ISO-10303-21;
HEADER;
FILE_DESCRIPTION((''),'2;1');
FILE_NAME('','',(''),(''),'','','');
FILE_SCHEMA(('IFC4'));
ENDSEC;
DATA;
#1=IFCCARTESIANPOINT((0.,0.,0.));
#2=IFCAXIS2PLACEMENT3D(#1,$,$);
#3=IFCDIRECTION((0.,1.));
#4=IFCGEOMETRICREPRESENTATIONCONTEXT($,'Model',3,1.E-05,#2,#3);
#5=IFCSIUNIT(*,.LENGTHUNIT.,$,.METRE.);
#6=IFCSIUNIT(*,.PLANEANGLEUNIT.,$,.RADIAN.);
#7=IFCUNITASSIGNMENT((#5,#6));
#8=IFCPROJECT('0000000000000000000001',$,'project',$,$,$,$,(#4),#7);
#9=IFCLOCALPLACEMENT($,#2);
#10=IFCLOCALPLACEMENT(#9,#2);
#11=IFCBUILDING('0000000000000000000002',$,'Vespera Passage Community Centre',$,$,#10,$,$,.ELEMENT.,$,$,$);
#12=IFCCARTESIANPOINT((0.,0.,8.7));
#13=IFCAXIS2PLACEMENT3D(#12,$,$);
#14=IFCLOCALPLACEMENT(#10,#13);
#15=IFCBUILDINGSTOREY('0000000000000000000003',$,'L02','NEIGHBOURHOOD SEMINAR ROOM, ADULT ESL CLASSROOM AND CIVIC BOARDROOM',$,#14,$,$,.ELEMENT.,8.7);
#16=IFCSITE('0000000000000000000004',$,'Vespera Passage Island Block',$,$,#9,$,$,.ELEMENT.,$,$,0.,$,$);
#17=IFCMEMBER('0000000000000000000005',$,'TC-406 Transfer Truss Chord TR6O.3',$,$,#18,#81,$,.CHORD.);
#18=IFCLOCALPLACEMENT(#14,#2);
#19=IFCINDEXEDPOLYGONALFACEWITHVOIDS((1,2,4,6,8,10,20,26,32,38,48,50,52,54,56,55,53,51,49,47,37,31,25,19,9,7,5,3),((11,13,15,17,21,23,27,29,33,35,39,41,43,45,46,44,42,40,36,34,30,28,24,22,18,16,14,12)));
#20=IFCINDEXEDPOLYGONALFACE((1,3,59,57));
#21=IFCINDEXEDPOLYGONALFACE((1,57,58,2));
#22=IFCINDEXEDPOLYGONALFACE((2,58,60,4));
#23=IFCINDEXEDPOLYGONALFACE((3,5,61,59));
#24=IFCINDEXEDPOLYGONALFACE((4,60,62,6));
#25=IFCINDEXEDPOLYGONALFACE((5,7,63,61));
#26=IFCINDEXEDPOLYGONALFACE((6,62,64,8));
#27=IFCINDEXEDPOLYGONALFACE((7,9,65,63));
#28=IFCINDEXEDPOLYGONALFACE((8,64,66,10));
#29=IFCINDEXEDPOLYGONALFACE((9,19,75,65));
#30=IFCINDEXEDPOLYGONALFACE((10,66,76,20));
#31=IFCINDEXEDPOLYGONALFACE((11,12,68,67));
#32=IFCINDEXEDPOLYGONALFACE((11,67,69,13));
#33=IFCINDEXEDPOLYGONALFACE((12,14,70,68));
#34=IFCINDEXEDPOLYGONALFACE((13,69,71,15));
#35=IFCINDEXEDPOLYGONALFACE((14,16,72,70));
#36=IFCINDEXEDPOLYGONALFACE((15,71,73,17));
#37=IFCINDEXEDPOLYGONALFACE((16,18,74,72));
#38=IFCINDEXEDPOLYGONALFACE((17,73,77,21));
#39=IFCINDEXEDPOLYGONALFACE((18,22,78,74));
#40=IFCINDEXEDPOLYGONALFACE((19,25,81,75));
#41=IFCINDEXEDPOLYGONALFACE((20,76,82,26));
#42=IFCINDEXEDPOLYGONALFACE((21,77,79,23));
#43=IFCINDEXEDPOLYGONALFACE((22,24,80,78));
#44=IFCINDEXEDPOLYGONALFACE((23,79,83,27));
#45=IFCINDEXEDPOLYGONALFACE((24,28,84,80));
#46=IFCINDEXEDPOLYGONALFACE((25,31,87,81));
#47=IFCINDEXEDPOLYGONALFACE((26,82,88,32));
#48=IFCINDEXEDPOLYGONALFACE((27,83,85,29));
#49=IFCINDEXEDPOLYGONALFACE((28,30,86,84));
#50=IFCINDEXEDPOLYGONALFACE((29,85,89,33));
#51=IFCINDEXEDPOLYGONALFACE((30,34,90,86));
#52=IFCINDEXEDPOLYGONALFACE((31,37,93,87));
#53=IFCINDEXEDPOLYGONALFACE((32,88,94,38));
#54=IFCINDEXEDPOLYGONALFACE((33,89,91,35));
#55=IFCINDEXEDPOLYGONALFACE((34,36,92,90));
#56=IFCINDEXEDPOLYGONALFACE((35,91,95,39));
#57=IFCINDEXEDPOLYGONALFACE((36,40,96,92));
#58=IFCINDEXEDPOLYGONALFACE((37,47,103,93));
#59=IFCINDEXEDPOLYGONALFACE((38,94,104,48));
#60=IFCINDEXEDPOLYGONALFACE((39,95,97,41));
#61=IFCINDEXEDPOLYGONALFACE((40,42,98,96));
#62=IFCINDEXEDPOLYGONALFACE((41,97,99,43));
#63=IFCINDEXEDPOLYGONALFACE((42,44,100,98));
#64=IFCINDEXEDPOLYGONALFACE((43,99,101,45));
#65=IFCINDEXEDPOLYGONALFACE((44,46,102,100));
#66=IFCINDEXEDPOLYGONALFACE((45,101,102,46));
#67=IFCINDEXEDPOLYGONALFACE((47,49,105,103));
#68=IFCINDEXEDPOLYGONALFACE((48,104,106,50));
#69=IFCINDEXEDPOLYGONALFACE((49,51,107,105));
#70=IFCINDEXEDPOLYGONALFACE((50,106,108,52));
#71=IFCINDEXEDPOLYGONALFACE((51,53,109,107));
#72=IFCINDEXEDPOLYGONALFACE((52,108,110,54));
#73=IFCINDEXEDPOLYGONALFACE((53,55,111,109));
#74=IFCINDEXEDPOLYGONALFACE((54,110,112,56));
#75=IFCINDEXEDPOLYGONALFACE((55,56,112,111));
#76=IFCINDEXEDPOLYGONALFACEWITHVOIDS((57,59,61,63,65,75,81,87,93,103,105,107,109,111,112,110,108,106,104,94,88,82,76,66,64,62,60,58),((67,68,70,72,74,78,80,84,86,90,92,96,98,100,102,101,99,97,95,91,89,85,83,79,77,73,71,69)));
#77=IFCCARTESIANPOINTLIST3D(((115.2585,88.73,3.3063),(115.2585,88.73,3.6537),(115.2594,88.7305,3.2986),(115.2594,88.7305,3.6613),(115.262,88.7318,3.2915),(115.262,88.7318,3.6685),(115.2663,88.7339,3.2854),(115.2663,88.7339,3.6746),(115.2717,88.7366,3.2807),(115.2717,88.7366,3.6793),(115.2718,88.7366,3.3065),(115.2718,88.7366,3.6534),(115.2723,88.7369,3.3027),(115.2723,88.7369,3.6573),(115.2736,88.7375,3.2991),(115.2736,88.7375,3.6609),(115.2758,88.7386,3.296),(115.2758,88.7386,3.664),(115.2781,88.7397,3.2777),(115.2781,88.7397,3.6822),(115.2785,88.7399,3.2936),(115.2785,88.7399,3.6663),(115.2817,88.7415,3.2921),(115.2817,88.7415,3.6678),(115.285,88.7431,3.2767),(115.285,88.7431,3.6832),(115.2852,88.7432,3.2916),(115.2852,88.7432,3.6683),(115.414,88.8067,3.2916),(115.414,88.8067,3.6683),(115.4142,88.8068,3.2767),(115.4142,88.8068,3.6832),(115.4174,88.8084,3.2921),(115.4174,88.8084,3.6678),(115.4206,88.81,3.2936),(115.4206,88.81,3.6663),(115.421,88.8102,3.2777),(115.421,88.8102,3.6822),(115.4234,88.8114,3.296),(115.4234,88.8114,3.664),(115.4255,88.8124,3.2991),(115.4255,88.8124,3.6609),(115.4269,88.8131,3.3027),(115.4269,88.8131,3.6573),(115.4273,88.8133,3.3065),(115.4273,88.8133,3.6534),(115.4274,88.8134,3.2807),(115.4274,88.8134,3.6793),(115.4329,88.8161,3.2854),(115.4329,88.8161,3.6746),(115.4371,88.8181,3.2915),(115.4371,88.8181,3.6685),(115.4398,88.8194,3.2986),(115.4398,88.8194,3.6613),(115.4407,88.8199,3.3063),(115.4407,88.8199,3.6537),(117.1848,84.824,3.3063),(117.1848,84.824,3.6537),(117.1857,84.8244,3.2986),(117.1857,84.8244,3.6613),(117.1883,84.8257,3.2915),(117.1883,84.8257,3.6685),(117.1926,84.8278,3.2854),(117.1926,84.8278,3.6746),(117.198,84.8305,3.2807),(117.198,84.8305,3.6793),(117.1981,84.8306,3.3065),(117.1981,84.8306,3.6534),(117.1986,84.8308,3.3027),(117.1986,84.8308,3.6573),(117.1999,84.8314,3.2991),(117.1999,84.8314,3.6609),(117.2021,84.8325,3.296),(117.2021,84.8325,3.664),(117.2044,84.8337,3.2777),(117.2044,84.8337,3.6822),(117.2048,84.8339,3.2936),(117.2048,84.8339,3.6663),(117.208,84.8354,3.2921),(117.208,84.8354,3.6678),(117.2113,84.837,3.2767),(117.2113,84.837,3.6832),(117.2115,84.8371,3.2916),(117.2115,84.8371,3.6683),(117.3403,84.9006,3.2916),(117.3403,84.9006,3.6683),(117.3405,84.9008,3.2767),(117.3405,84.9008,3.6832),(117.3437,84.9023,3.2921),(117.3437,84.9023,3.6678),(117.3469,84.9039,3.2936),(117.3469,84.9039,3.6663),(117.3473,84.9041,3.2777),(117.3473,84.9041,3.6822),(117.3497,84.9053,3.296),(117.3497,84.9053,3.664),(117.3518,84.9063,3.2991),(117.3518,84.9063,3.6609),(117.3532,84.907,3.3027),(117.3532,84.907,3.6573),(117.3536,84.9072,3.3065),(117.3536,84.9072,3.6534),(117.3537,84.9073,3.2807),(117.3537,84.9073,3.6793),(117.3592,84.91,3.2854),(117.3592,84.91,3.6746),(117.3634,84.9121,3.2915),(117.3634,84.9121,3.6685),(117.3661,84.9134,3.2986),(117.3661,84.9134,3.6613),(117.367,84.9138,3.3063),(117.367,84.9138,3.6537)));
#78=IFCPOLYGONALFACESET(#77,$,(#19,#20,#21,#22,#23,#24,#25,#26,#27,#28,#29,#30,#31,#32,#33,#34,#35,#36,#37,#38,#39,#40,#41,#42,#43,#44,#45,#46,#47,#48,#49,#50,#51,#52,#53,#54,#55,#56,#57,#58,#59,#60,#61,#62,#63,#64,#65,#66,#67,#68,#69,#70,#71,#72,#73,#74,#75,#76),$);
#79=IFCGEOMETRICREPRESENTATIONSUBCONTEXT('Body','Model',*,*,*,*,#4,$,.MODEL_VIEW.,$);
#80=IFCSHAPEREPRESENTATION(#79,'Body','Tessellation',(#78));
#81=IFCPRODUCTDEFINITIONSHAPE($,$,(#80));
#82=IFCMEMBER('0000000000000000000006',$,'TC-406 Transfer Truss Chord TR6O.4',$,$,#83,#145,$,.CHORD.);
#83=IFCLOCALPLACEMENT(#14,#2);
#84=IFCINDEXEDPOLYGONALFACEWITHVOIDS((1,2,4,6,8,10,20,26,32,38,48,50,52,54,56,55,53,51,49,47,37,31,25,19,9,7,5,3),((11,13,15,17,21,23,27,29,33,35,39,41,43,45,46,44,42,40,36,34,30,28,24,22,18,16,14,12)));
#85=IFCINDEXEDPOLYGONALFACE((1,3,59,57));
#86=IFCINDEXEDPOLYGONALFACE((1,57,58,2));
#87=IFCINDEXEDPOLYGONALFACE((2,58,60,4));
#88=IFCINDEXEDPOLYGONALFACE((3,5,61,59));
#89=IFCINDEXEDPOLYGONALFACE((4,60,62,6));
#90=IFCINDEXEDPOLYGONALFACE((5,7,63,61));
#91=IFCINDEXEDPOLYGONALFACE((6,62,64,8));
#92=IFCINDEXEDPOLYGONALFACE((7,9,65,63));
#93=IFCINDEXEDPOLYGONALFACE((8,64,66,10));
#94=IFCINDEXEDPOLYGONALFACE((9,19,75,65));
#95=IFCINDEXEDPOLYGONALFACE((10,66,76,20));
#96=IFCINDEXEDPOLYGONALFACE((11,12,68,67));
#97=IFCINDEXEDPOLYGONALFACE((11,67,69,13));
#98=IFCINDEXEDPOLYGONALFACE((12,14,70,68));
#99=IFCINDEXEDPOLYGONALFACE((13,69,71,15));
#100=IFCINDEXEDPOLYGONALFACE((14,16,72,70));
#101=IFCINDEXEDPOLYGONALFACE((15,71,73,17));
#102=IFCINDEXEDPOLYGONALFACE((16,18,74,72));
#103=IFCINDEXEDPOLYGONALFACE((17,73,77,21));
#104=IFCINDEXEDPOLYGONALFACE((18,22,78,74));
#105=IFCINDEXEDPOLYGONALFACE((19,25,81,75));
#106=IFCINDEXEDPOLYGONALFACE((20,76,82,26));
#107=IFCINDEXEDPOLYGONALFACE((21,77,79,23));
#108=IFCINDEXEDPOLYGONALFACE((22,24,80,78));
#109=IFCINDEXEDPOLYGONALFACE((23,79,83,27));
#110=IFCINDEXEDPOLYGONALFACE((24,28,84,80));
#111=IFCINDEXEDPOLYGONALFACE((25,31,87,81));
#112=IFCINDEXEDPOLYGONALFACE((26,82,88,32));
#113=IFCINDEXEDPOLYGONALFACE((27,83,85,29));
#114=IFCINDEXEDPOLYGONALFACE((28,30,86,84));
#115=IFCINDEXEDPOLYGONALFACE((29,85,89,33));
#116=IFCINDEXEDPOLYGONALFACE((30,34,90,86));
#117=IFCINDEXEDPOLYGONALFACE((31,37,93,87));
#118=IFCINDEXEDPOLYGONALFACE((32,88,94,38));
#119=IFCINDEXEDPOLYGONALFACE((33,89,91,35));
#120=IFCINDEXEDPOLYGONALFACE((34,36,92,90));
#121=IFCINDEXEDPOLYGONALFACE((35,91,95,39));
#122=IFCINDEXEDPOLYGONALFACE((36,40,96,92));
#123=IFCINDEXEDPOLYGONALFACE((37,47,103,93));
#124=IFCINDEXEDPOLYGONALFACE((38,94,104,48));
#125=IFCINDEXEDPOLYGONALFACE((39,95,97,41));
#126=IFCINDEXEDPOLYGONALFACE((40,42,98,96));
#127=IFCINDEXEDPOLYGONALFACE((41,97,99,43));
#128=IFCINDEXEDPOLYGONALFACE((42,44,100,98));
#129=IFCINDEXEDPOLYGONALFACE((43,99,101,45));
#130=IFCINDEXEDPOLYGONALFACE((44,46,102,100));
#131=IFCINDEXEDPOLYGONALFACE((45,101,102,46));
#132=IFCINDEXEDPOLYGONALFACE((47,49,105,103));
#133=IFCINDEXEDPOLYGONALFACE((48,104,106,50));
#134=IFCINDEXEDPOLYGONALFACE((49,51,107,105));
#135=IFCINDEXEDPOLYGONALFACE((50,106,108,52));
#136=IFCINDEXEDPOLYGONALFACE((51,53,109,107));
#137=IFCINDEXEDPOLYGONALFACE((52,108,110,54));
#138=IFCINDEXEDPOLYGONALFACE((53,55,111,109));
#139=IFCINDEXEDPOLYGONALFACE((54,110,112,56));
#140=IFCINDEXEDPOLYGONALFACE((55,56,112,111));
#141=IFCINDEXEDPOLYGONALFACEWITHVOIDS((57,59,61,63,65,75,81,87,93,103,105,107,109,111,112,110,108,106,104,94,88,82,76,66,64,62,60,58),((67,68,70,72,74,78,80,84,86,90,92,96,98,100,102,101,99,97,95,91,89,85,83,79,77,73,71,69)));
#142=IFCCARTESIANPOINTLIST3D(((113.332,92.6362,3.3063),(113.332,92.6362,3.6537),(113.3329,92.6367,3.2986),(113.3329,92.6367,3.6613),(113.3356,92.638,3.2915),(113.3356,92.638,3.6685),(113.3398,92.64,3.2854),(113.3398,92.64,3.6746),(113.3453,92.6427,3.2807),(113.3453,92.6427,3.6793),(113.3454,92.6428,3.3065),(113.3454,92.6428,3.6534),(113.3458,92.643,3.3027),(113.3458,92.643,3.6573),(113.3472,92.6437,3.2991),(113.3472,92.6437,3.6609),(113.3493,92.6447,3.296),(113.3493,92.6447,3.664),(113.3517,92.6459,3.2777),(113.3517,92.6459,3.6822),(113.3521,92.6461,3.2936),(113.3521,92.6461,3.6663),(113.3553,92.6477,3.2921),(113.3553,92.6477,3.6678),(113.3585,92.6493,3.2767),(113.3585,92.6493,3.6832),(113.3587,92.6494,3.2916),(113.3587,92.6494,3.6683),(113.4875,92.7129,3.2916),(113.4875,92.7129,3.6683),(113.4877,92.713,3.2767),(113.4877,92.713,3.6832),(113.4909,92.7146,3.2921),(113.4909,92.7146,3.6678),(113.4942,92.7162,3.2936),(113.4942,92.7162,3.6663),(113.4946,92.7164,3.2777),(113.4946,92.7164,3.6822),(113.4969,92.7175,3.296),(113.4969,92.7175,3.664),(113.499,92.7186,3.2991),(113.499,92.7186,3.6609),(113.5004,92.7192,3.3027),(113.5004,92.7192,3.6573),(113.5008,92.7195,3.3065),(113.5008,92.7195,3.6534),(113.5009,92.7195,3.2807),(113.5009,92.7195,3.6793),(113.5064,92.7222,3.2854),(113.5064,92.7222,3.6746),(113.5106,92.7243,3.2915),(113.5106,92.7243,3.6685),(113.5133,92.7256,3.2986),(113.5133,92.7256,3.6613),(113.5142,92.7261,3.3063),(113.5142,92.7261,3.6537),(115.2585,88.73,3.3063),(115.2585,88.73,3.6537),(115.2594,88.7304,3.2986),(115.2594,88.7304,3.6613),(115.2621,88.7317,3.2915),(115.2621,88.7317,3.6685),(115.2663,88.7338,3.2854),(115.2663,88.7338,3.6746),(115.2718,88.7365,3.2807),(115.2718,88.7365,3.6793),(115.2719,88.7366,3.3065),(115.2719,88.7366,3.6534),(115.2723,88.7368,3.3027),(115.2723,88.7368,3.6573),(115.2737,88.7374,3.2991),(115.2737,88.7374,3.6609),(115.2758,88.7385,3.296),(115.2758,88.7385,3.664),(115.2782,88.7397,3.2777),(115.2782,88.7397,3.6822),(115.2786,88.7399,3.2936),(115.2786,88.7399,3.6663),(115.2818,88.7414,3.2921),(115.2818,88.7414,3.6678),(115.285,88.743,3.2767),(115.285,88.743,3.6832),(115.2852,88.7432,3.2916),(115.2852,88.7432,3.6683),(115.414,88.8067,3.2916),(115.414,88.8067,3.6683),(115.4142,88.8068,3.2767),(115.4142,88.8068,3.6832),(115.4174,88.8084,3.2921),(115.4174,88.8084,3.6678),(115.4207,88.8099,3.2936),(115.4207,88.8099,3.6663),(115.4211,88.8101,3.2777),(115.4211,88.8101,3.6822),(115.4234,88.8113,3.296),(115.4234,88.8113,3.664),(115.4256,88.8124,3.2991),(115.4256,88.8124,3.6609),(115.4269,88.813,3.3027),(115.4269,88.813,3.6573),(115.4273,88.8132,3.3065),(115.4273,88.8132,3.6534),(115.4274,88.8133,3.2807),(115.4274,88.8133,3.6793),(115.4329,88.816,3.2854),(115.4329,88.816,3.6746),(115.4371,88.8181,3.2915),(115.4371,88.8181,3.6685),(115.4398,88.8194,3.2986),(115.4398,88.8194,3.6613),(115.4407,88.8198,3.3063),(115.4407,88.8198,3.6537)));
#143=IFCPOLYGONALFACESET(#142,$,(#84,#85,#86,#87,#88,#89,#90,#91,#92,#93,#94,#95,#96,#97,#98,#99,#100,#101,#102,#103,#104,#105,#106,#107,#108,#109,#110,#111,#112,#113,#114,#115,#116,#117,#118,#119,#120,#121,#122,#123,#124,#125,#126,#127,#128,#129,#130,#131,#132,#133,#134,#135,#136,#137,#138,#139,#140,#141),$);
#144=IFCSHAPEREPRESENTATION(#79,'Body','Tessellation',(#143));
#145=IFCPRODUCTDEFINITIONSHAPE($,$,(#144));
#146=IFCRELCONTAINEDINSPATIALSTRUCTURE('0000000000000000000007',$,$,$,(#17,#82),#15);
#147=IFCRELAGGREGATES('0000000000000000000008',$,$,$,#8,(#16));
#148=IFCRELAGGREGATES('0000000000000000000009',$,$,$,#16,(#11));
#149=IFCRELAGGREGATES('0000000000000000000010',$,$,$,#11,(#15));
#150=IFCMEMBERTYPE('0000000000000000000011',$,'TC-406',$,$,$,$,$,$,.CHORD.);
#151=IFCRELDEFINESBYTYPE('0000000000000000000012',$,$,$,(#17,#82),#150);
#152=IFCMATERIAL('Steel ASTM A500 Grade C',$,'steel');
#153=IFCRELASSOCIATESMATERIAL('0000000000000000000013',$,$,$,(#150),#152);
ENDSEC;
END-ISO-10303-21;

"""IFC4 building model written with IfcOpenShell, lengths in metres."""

from ifc_helpers import new_model, si_unit, direction, frame, origin, origin_2d, place, context, subcontext, project, spatial, hollow_rectangle, extrude, material, material_profile, profile_set, type_object, element, save


model = new_model("IFC4")

# Units and contexts
model_context = context("Model", 3, precision=1e-05, world=origin(), true_north=direction((0.0, 1.0)))
body_context = subcontext(model_context, "Body", "Model", "MODEL_VIEW")
ifc_project = project(units=[si_unit("LENGTHUNIT", "METRE"), si_unit("PLANEANGLEUNIT", "RADIAN")], contexts=[model_context])

# Site, building, storey
site_placement = place(None, origin())
site = spatial("IfcSite", under=ifc_project, at=site_placement, Name="Vespera Passage Island Block", CompositionType="ELEMENT", RefElevation=0.0)
building_placement = place(site_placement, origin())
building = spatial("IfcBuilding", under=site, at=building_placement, Name="Vespera Passage Community Centre", CompositionType="ELEMENT")
storey_placement = place(building_placement, frame((0.0, 0.0, 8.7)))
storey = spatial("IfcBuildingStorey", under=building, at=storey_placement, Name="L02", Description="NEIGHBOURHOOD SEMINAR ROOM, ADULT ESL CLASSROOM AND CIVIC BOARDROOM", CompositionType="ELEMENT", Elevation=8.7)

# Members
ifc_material_1 = material(Name="Steel ASTM A500 Grade C", Category="steel")
ifc_material_profile_1 = material_profile(ifc_material_1, hollow_rectangle(XDim=0.2031, YDim=0.4065, WallThickness=0.0149, InnerFilletRadius=0.0149, OuterFilletRadius=0.0295, at=origin_2d()), Name="HSS406X203X15.9")
ifc_profile_set_1 = profile_set([ifc_material_profile_1], Name="Steel ASTM A500 Grade C")
member_type_1 = type_object("IfcMemberType", Name="TC-406", PredefinedType="CHORD", material=ifc_profile_set_1)
member_1_placement = place(storey_placement, frame((117.2759, 84.8689, 3.48), z_axis=(-0.442296, 0.896869, 0.0), x_axis=(-0.896869, -0.442296, 0.0)))
element("IfcMember", 1, at=member_1_placement, inside=storey, type_object=member_type_1, Name="TC-406 Transfer Truss Chord TR6O.3", PredefinedType="CHORD", context=body_context, shape_type="SweptSolid", body=[
    extrude(hollow_rectangle(XDim=0.2031, YDim=0.4065, WallThickness=0.0149, InnerFilletRadius=0.0149, OuterFilletRadius=0.0295, at=origin_2d()), origin(), (0.0, 0.0, 1.0), 4.3552),
])
member_2_placement = place(storey_placement, frame((115.3496, 88.7749, 3.48), z_axis=(-0.442319, 0.896858, 0.0), x_axis=(-0.896858, -0.442319, 0.0)))
element("IfcMember", 2, at=member_2_placement, inside=storey, type_object=member_type_1, Name="TC-406 Transfer Truss Chord TR6O.4", PredefinedType="CHORD", context=body_context, shape_type="SweptSolid", body=[
    extrude(hollow_rectangle(XDim=0.2031, YDim=0.4065, WallThickness=0.0149, InnerFilletRadius=0.0149, OuterFilletRadius=0.0295, at=origin_2d()), origin(), (0.0, 0.0, 1.0), 4.3555),
])

save(model, "model.ifc")
